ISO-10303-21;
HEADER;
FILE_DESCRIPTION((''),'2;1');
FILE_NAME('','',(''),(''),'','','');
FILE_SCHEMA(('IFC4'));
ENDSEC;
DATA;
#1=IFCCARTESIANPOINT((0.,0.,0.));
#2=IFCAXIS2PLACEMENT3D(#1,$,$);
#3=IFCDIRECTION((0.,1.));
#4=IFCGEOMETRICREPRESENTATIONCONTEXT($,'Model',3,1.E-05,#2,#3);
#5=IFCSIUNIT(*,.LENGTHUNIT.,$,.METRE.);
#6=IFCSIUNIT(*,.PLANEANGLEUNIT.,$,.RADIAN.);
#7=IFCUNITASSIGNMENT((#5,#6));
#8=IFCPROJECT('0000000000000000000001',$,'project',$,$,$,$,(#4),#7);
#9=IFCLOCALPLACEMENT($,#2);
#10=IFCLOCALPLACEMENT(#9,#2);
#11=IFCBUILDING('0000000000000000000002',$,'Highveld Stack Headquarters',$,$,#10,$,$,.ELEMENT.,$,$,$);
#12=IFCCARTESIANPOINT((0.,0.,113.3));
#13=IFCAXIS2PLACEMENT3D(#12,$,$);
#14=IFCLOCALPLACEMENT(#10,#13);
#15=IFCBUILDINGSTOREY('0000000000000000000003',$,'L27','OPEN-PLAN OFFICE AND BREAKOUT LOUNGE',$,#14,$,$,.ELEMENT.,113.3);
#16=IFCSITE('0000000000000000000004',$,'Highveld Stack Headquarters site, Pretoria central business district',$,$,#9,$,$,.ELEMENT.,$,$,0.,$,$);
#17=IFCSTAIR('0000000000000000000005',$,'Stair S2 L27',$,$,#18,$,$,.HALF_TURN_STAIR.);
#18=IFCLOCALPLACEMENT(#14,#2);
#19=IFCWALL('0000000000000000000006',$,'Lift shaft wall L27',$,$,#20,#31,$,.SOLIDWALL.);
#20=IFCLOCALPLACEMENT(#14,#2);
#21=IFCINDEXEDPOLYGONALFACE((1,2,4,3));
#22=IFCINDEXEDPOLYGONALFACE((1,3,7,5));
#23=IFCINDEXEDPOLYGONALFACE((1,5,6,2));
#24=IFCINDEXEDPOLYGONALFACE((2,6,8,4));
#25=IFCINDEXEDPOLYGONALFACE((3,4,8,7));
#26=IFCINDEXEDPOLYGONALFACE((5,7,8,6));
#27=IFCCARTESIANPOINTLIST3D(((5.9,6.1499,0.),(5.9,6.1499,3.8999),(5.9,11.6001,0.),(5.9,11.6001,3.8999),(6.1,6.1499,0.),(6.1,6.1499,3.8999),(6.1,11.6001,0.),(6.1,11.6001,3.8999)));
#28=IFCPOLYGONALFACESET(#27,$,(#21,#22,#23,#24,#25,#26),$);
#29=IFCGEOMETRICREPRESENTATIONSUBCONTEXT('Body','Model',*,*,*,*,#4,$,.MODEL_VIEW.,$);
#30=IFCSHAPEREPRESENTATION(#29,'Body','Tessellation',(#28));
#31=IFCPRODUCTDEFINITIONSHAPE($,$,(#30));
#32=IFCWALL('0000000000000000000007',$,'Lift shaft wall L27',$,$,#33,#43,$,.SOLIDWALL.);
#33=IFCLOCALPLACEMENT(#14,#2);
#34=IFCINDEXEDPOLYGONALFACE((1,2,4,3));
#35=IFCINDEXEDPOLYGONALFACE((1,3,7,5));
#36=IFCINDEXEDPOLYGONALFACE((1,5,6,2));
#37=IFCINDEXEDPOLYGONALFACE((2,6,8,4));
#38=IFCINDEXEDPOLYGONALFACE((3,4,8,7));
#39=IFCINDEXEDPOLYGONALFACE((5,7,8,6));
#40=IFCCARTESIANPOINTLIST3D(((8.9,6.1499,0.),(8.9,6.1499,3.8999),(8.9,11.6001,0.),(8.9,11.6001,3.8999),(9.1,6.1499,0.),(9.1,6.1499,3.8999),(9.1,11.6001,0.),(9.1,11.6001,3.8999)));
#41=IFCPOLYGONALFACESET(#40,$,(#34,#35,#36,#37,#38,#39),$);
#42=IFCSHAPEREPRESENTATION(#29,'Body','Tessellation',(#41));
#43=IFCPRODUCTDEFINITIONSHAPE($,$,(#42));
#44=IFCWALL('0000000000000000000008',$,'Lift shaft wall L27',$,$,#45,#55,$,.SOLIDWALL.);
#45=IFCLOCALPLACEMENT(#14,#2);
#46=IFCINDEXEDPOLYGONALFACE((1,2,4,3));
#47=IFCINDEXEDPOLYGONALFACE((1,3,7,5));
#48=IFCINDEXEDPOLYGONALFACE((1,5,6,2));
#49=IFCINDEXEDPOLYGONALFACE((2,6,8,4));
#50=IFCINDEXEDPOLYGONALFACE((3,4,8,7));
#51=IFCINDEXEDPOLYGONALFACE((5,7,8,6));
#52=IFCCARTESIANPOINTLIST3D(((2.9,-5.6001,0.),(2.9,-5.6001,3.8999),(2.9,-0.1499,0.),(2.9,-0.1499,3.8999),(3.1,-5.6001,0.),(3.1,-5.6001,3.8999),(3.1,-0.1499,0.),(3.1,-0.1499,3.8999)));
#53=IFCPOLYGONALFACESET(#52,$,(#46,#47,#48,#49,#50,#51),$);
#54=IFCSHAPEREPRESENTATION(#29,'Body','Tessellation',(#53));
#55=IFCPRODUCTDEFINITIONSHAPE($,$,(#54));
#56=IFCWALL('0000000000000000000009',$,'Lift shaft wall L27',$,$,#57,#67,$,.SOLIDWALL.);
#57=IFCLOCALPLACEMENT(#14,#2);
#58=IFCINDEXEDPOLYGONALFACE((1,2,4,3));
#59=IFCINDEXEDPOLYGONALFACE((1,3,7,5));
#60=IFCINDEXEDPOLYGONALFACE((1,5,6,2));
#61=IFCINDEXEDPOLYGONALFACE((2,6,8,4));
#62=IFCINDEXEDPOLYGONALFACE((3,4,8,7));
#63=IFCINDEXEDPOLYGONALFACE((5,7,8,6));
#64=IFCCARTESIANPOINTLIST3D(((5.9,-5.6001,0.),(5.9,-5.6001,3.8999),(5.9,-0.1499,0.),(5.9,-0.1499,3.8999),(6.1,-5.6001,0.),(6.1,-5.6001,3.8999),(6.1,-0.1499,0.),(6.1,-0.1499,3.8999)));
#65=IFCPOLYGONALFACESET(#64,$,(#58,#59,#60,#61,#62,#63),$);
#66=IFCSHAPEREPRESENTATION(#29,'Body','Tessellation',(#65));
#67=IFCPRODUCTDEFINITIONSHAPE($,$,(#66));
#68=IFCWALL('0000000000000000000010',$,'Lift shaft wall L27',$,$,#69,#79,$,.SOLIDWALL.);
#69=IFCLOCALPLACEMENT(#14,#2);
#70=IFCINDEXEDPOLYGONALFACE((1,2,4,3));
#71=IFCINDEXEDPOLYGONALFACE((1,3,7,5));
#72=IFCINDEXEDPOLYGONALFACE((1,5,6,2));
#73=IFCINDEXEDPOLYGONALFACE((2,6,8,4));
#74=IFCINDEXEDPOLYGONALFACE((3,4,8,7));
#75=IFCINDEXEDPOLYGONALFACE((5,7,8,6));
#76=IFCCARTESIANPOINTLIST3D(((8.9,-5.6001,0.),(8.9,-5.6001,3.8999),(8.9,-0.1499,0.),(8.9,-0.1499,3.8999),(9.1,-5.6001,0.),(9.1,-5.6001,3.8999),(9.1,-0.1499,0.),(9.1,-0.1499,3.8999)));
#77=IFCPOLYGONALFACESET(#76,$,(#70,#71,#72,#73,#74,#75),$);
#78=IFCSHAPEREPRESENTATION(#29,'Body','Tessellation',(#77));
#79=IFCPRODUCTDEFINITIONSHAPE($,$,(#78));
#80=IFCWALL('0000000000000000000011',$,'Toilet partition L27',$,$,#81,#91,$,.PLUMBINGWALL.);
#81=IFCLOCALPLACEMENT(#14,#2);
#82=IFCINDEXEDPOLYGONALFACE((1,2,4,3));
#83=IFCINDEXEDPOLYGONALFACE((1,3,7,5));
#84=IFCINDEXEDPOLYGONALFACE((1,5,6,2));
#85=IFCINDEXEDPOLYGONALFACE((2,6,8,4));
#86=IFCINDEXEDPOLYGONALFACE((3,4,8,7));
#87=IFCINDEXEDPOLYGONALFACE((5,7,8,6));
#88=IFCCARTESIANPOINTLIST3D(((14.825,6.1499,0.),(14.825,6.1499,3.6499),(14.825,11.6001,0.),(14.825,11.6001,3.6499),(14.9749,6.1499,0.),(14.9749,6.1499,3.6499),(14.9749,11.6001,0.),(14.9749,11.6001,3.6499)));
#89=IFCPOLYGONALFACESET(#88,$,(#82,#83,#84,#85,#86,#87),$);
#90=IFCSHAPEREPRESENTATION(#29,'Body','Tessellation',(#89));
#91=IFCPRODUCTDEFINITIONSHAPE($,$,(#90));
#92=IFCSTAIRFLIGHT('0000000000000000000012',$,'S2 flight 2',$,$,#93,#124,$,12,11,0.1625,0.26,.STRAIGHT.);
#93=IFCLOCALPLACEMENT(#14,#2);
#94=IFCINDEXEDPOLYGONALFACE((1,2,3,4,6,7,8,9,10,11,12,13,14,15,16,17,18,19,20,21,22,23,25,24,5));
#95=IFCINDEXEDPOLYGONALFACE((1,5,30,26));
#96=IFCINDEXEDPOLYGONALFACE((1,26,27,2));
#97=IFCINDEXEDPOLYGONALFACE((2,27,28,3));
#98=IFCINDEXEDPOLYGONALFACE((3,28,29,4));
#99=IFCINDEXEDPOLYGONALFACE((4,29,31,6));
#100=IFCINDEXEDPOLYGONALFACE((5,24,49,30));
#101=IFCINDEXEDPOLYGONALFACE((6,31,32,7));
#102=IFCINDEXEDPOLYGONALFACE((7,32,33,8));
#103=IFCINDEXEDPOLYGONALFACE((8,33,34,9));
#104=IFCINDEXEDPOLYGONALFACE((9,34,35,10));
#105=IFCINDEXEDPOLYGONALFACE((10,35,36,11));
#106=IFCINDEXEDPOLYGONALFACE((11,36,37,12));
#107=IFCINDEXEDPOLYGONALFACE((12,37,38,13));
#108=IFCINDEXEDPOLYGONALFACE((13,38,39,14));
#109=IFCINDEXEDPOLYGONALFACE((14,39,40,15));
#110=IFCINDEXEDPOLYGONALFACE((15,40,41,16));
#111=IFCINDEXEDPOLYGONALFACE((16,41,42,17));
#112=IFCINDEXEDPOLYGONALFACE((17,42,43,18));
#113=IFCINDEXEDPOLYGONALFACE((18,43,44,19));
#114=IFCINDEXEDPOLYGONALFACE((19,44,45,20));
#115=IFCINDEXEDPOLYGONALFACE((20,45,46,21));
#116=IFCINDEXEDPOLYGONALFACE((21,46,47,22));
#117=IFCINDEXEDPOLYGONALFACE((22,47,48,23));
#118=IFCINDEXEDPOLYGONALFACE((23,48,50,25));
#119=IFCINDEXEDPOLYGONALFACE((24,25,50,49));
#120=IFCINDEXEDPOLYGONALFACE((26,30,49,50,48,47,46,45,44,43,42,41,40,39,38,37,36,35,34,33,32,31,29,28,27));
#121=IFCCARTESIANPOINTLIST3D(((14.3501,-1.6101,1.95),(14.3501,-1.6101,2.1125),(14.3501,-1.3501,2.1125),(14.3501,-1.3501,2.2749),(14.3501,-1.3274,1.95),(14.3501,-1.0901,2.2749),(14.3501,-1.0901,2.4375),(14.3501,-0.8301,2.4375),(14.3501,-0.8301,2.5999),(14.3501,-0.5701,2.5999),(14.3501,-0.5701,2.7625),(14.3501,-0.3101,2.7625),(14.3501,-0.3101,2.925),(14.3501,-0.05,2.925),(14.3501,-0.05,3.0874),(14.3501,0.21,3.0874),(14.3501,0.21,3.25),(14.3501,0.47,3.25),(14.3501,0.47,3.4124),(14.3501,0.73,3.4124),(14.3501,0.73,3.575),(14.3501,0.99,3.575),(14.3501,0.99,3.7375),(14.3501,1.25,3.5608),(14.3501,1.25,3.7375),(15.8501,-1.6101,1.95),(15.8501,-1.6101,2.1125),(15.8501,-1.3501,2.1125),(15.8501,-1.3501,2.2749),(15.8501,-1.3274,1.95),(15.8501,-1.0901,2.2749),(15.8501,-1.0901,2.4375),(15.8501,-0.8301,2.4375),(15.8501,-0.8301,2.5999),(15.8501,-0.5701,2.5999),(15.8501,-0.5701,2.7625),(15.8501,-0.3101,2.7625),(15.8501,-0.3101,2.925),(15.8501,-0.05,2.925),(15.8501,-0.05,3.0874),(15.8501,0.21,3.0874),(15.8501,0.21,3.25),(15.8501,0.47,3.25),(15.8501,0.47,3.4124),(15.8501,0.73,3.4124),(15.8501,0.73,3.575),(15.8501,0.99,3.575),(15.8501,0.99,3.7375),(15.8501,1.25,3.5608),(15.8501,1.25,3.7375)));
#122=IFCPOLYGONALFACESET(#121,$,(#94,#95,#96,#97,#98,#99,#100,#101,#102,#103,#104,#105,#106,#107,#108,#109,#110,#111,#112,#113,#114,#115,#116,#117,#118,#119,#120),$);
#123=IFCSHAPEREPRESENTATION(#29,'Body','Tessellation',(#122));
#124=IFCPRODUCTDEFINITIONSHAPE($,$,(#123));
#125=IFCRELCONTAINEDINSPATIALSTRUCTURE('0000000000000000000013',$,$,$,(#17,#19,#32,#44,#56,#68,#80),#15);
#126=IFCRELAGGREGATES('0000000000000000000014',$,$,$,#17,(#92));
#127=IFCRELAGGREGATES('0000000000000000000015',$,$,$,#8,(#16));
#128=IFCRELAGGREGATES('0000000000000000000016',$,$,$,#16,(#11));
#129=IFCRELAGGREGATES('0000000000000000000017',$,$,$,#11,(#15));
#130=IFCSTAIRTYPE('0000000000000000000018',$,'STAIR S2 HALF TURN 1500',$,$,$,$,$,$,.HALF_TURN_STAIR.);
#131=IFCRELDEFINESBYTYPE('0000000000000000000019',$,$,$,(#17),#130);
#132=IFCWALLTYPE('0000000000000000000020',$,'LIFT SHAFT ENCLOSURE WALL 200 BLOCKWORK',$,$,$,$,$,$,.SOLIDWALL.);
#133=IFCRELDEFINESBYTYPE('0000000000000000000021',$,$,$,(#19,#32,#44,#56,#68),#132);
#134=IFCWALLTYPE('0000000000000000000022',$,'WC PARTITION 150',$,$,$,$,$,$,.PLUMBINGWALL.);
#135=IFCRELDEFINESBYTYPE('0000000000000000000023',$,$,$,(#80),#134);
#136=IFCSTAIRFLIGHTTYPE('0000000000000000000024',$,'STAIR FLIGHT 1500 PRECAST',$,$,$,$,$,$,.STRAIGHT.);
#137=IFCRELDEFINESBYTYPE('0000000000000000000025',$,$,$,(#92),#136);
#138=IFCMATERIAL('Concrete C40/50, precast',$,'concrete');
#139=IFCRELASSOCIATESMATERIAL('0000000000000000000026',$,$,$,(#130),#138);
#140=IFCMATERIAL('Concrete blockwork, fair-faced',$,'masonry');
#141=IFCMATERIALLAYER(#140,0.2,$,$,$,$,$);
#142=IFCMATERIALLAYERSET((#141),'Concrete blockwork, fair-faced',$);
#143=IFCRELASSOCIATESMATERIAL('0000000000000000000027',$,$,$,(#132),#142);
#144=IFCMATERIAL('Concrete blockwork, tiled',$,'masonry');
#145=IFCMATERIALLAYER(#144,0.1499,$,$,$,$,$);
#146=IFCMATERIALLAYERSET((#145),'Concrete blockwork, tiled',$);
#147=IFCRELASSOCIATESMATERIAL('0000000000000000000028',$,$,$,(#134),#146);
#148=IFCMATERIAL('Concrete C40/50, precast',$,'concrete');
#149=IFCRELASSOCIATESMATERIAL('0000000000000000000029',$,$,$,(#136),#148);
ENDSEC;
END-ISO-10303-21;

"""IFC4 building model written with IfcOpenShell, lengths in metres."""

from ifc_helpers import new_model, si_unit, direction, frame, frame_2d, origin, place, context, subcontext, project, spatial, polyline, rectangle, outline, extrude, material, layer, layer_set, type_object, element, aggregate, save


model = new_model("IFC4")

# Units and contexts
model_context = context("Model", 3, precision=1e-05, world=origin(), true_north=direction((0.0, 1.0)))
body_context = subcontext(model_context, "Body", "Model", "MODEL_VIEW")
ifc_project = project(units=[si_unit("LENGTHUNIT", "METRE"), si_unit("PLANEANGLEUNIT", "RADIAN")], contexts=[model_context])

# Site, building, storey
site_placement = place(None, origin())
site = spatial("IfcSite", under=ifc_project, at=site_placement, Name="Highveld Stack Headquarters site, Pretoria central business district", CompositionType="ELEMENT", RefElevation=0.0)
building_placement = place(site_placement, origin())
building = spatial("IfcBuilding", under=site, at=building_placement, Name="Highveld Stack Headquarters", CompositionType="ELEMENT")
storey_placement = place(building_placement, frame((0.0, 0.0, 113.3)))
storey = spatial("IfcBuildingStorey", under=building, at=storey_placement, Name="L27", Description="OPEN-PLAN OFFICE AND BREAKOUT LOUNGE", CompositionType="ELEMENT", Elevation=113.3)

# Stair
ifc_material_1 = material(Name="Concrete C40/50, precast", Category="concrete")
stair_type_1 = type_object("IfcStairType", Name="STAIR S2 HALF TURN 1500", PredefinedType="HALF_TURN_STAIR", material=ifc_material_1)
stair_1_placement = place(storey_placement, origin())
stair_1 = element("IfcStair", 1, at=stair_1_placement, inside=storey, type_object=stair_type_1, Name="Stair S2 L27", PredefinedType="HALF_TURN_STAIR")

# Walls
ifc_material_2 = material(Name="Concrete blockwork, fair-faced", Category="masonry")
ifc_layer_1 = layer(ifc_material_2, 0.2)
ifc_layer_set_1 = layer_set([ifc_layer_1], Name="Concrete blockwork, fair-faced")
wall_type_1 = type_object("IfcWallType", Name="LIFT SHAFT ENCLOSURE WALL 200 BLOCKWORK", PredefinedType="SOLIDWALL", material=ifc_layer_set_1)
for number, where, z_axis, x_axis, name in (
    (2, (6.0, 6.1499, 0.0), (0.0, 0.0, 1.0), (0.0, 1.0, 0.0), "Lift shaft wall L27"),
    (3, (9.0, 6.1499, 0.0), (0.0, 0.0, 1.0), (0.0, 1.0, 0.0), "Lift shaft wall L27"),
    (4, (3.0, -5.6001, 0.0), (0.0, 0.0, 1.0), (0.0, 1.0, 0.0), "Lift shaft wall L27"),
    (5, (6.0, -5.6001, 0.0), (0.0, 0.0, 1.0), (0.0, 1.0, 0.0), "Lift shaft wall L27"),
    (6, (9.0, -5.6001, 0.0), (0.0, 0.0, 1.0), (0.0, 1.0, 0.0), "Lift shaft wall L27"),
):
    element("IfcWall", number, at=place(storey_placement, frame(where, z_axis=z_axis, x_axis=x_axis)), inside=storey, type_object=wall_type_1, Name=name, PredefinedType="SOLIDWALL", context=body_context, shape_type="SweptSolid", body=[
        extrude(rectangle(XDim=5.4502, YDim=0.2, at=frame_2d((2.7251, 0.0))), origin(), (0.0, 0.0, 1.0), 3.8999),
    ])
ifc_material_3 = material(Name="Concrete blockwork, tiled", Category="masonry")
ifc_layer_2 = layer(ifc_material_3, 0.1499)
ifc_layer_set_2 = layer_set([ifc_layer_2], Name="Concrete blockwork, tiled")
wall_type_2 = type_object("IfcWallType", Name="WC PARTITION 150", PredefinedType="PLUMBINGWALL", material=ifc_layer_set_2)
wall_1_placement = place(storey_placement, frame((14.8999, 6.1499, 0.0), z_axis=(0.0, 0.0, 1.0), x_axis=(0.0, 1.0, 0.0)))
element("IfcWall", 7, at=wall_1_placement, inside=storey, type_object=wall_type_2, Name="Toilet partition L27", PredefinedType="PLUMBINGWALL", context=body_context, shape_type="SweptSolid", body=[
    extrude(rectangle(XDim=5.4502, YDim=0.1499, at=frame_2d((2.7251, 0.0))), origin(), (0.0, 0.0, 1.0), 3.6499),
])

# Stair flight
ifc_material_4 = material(Name="Concrete C40/50, precast", Category="concrete")
stair_flight_type = type_object("IfcStairFlightType", Name="STAIR FLIGHT 1500 PRECAST", PredefinedType="STRAIGHT", material=ifc_material_4)
stair_flight_placement = place(storey_placement, frame((15.1001, -1.6101, 1.95), z_axis=(0.0, 0.0, 1.0), x_axis=(0.0, 1.0, 0.0)))
stair_flight = element("IfcStairFlight", 8, at=stair_flight_placement, type_object=stair_flight_type, Name="S2 flight 2", NumberOfRisers=12, NumberOfTreads=11, PredefinedType="STRAIGHT", RiserHeight=0.1625, TreadLength=0.26, context=body_context, shape_type="SweptSolid", body=[
    extrude(outline(polyline([(0.0, 0.0), (0.0, 0.1626), (0.26, 0.1626), (0.26, 0.325), (0.52, 0.325), (0.52, 0.4875), (0.78, 0.4875), (0.78, 0.6499), (1.04, 0.6499), (1.04, 0.8125), (1.3, 0.8125), (1.3, 0.9751), (1.5601, 0.9751), (1.5601, 1.1375), (1.8201, 1.1375), (1.8201, 1.3), (2.0801, 1.3), (2.0801, 1.4624), (2.3401, 1.4624), (2.3401, 1.625), (2.6001, 1.625), (2.6001, 1.7876), (2.8601, 1.7876), (2.8601, 1.95), (2.8601, 1.6108), (0.2827, 0.0), (0.0, 0.0)])), frame((0.0, 0.75, 0.0), z_axis=(0.0, -1.0, 0.0), x_axis=(1.0, 0.0, 0.0)), (0.0, 0.0, 1.0), 1.5),
])
aggregate(stair_1, [stair_flight])

save(model, "model.ifc")
